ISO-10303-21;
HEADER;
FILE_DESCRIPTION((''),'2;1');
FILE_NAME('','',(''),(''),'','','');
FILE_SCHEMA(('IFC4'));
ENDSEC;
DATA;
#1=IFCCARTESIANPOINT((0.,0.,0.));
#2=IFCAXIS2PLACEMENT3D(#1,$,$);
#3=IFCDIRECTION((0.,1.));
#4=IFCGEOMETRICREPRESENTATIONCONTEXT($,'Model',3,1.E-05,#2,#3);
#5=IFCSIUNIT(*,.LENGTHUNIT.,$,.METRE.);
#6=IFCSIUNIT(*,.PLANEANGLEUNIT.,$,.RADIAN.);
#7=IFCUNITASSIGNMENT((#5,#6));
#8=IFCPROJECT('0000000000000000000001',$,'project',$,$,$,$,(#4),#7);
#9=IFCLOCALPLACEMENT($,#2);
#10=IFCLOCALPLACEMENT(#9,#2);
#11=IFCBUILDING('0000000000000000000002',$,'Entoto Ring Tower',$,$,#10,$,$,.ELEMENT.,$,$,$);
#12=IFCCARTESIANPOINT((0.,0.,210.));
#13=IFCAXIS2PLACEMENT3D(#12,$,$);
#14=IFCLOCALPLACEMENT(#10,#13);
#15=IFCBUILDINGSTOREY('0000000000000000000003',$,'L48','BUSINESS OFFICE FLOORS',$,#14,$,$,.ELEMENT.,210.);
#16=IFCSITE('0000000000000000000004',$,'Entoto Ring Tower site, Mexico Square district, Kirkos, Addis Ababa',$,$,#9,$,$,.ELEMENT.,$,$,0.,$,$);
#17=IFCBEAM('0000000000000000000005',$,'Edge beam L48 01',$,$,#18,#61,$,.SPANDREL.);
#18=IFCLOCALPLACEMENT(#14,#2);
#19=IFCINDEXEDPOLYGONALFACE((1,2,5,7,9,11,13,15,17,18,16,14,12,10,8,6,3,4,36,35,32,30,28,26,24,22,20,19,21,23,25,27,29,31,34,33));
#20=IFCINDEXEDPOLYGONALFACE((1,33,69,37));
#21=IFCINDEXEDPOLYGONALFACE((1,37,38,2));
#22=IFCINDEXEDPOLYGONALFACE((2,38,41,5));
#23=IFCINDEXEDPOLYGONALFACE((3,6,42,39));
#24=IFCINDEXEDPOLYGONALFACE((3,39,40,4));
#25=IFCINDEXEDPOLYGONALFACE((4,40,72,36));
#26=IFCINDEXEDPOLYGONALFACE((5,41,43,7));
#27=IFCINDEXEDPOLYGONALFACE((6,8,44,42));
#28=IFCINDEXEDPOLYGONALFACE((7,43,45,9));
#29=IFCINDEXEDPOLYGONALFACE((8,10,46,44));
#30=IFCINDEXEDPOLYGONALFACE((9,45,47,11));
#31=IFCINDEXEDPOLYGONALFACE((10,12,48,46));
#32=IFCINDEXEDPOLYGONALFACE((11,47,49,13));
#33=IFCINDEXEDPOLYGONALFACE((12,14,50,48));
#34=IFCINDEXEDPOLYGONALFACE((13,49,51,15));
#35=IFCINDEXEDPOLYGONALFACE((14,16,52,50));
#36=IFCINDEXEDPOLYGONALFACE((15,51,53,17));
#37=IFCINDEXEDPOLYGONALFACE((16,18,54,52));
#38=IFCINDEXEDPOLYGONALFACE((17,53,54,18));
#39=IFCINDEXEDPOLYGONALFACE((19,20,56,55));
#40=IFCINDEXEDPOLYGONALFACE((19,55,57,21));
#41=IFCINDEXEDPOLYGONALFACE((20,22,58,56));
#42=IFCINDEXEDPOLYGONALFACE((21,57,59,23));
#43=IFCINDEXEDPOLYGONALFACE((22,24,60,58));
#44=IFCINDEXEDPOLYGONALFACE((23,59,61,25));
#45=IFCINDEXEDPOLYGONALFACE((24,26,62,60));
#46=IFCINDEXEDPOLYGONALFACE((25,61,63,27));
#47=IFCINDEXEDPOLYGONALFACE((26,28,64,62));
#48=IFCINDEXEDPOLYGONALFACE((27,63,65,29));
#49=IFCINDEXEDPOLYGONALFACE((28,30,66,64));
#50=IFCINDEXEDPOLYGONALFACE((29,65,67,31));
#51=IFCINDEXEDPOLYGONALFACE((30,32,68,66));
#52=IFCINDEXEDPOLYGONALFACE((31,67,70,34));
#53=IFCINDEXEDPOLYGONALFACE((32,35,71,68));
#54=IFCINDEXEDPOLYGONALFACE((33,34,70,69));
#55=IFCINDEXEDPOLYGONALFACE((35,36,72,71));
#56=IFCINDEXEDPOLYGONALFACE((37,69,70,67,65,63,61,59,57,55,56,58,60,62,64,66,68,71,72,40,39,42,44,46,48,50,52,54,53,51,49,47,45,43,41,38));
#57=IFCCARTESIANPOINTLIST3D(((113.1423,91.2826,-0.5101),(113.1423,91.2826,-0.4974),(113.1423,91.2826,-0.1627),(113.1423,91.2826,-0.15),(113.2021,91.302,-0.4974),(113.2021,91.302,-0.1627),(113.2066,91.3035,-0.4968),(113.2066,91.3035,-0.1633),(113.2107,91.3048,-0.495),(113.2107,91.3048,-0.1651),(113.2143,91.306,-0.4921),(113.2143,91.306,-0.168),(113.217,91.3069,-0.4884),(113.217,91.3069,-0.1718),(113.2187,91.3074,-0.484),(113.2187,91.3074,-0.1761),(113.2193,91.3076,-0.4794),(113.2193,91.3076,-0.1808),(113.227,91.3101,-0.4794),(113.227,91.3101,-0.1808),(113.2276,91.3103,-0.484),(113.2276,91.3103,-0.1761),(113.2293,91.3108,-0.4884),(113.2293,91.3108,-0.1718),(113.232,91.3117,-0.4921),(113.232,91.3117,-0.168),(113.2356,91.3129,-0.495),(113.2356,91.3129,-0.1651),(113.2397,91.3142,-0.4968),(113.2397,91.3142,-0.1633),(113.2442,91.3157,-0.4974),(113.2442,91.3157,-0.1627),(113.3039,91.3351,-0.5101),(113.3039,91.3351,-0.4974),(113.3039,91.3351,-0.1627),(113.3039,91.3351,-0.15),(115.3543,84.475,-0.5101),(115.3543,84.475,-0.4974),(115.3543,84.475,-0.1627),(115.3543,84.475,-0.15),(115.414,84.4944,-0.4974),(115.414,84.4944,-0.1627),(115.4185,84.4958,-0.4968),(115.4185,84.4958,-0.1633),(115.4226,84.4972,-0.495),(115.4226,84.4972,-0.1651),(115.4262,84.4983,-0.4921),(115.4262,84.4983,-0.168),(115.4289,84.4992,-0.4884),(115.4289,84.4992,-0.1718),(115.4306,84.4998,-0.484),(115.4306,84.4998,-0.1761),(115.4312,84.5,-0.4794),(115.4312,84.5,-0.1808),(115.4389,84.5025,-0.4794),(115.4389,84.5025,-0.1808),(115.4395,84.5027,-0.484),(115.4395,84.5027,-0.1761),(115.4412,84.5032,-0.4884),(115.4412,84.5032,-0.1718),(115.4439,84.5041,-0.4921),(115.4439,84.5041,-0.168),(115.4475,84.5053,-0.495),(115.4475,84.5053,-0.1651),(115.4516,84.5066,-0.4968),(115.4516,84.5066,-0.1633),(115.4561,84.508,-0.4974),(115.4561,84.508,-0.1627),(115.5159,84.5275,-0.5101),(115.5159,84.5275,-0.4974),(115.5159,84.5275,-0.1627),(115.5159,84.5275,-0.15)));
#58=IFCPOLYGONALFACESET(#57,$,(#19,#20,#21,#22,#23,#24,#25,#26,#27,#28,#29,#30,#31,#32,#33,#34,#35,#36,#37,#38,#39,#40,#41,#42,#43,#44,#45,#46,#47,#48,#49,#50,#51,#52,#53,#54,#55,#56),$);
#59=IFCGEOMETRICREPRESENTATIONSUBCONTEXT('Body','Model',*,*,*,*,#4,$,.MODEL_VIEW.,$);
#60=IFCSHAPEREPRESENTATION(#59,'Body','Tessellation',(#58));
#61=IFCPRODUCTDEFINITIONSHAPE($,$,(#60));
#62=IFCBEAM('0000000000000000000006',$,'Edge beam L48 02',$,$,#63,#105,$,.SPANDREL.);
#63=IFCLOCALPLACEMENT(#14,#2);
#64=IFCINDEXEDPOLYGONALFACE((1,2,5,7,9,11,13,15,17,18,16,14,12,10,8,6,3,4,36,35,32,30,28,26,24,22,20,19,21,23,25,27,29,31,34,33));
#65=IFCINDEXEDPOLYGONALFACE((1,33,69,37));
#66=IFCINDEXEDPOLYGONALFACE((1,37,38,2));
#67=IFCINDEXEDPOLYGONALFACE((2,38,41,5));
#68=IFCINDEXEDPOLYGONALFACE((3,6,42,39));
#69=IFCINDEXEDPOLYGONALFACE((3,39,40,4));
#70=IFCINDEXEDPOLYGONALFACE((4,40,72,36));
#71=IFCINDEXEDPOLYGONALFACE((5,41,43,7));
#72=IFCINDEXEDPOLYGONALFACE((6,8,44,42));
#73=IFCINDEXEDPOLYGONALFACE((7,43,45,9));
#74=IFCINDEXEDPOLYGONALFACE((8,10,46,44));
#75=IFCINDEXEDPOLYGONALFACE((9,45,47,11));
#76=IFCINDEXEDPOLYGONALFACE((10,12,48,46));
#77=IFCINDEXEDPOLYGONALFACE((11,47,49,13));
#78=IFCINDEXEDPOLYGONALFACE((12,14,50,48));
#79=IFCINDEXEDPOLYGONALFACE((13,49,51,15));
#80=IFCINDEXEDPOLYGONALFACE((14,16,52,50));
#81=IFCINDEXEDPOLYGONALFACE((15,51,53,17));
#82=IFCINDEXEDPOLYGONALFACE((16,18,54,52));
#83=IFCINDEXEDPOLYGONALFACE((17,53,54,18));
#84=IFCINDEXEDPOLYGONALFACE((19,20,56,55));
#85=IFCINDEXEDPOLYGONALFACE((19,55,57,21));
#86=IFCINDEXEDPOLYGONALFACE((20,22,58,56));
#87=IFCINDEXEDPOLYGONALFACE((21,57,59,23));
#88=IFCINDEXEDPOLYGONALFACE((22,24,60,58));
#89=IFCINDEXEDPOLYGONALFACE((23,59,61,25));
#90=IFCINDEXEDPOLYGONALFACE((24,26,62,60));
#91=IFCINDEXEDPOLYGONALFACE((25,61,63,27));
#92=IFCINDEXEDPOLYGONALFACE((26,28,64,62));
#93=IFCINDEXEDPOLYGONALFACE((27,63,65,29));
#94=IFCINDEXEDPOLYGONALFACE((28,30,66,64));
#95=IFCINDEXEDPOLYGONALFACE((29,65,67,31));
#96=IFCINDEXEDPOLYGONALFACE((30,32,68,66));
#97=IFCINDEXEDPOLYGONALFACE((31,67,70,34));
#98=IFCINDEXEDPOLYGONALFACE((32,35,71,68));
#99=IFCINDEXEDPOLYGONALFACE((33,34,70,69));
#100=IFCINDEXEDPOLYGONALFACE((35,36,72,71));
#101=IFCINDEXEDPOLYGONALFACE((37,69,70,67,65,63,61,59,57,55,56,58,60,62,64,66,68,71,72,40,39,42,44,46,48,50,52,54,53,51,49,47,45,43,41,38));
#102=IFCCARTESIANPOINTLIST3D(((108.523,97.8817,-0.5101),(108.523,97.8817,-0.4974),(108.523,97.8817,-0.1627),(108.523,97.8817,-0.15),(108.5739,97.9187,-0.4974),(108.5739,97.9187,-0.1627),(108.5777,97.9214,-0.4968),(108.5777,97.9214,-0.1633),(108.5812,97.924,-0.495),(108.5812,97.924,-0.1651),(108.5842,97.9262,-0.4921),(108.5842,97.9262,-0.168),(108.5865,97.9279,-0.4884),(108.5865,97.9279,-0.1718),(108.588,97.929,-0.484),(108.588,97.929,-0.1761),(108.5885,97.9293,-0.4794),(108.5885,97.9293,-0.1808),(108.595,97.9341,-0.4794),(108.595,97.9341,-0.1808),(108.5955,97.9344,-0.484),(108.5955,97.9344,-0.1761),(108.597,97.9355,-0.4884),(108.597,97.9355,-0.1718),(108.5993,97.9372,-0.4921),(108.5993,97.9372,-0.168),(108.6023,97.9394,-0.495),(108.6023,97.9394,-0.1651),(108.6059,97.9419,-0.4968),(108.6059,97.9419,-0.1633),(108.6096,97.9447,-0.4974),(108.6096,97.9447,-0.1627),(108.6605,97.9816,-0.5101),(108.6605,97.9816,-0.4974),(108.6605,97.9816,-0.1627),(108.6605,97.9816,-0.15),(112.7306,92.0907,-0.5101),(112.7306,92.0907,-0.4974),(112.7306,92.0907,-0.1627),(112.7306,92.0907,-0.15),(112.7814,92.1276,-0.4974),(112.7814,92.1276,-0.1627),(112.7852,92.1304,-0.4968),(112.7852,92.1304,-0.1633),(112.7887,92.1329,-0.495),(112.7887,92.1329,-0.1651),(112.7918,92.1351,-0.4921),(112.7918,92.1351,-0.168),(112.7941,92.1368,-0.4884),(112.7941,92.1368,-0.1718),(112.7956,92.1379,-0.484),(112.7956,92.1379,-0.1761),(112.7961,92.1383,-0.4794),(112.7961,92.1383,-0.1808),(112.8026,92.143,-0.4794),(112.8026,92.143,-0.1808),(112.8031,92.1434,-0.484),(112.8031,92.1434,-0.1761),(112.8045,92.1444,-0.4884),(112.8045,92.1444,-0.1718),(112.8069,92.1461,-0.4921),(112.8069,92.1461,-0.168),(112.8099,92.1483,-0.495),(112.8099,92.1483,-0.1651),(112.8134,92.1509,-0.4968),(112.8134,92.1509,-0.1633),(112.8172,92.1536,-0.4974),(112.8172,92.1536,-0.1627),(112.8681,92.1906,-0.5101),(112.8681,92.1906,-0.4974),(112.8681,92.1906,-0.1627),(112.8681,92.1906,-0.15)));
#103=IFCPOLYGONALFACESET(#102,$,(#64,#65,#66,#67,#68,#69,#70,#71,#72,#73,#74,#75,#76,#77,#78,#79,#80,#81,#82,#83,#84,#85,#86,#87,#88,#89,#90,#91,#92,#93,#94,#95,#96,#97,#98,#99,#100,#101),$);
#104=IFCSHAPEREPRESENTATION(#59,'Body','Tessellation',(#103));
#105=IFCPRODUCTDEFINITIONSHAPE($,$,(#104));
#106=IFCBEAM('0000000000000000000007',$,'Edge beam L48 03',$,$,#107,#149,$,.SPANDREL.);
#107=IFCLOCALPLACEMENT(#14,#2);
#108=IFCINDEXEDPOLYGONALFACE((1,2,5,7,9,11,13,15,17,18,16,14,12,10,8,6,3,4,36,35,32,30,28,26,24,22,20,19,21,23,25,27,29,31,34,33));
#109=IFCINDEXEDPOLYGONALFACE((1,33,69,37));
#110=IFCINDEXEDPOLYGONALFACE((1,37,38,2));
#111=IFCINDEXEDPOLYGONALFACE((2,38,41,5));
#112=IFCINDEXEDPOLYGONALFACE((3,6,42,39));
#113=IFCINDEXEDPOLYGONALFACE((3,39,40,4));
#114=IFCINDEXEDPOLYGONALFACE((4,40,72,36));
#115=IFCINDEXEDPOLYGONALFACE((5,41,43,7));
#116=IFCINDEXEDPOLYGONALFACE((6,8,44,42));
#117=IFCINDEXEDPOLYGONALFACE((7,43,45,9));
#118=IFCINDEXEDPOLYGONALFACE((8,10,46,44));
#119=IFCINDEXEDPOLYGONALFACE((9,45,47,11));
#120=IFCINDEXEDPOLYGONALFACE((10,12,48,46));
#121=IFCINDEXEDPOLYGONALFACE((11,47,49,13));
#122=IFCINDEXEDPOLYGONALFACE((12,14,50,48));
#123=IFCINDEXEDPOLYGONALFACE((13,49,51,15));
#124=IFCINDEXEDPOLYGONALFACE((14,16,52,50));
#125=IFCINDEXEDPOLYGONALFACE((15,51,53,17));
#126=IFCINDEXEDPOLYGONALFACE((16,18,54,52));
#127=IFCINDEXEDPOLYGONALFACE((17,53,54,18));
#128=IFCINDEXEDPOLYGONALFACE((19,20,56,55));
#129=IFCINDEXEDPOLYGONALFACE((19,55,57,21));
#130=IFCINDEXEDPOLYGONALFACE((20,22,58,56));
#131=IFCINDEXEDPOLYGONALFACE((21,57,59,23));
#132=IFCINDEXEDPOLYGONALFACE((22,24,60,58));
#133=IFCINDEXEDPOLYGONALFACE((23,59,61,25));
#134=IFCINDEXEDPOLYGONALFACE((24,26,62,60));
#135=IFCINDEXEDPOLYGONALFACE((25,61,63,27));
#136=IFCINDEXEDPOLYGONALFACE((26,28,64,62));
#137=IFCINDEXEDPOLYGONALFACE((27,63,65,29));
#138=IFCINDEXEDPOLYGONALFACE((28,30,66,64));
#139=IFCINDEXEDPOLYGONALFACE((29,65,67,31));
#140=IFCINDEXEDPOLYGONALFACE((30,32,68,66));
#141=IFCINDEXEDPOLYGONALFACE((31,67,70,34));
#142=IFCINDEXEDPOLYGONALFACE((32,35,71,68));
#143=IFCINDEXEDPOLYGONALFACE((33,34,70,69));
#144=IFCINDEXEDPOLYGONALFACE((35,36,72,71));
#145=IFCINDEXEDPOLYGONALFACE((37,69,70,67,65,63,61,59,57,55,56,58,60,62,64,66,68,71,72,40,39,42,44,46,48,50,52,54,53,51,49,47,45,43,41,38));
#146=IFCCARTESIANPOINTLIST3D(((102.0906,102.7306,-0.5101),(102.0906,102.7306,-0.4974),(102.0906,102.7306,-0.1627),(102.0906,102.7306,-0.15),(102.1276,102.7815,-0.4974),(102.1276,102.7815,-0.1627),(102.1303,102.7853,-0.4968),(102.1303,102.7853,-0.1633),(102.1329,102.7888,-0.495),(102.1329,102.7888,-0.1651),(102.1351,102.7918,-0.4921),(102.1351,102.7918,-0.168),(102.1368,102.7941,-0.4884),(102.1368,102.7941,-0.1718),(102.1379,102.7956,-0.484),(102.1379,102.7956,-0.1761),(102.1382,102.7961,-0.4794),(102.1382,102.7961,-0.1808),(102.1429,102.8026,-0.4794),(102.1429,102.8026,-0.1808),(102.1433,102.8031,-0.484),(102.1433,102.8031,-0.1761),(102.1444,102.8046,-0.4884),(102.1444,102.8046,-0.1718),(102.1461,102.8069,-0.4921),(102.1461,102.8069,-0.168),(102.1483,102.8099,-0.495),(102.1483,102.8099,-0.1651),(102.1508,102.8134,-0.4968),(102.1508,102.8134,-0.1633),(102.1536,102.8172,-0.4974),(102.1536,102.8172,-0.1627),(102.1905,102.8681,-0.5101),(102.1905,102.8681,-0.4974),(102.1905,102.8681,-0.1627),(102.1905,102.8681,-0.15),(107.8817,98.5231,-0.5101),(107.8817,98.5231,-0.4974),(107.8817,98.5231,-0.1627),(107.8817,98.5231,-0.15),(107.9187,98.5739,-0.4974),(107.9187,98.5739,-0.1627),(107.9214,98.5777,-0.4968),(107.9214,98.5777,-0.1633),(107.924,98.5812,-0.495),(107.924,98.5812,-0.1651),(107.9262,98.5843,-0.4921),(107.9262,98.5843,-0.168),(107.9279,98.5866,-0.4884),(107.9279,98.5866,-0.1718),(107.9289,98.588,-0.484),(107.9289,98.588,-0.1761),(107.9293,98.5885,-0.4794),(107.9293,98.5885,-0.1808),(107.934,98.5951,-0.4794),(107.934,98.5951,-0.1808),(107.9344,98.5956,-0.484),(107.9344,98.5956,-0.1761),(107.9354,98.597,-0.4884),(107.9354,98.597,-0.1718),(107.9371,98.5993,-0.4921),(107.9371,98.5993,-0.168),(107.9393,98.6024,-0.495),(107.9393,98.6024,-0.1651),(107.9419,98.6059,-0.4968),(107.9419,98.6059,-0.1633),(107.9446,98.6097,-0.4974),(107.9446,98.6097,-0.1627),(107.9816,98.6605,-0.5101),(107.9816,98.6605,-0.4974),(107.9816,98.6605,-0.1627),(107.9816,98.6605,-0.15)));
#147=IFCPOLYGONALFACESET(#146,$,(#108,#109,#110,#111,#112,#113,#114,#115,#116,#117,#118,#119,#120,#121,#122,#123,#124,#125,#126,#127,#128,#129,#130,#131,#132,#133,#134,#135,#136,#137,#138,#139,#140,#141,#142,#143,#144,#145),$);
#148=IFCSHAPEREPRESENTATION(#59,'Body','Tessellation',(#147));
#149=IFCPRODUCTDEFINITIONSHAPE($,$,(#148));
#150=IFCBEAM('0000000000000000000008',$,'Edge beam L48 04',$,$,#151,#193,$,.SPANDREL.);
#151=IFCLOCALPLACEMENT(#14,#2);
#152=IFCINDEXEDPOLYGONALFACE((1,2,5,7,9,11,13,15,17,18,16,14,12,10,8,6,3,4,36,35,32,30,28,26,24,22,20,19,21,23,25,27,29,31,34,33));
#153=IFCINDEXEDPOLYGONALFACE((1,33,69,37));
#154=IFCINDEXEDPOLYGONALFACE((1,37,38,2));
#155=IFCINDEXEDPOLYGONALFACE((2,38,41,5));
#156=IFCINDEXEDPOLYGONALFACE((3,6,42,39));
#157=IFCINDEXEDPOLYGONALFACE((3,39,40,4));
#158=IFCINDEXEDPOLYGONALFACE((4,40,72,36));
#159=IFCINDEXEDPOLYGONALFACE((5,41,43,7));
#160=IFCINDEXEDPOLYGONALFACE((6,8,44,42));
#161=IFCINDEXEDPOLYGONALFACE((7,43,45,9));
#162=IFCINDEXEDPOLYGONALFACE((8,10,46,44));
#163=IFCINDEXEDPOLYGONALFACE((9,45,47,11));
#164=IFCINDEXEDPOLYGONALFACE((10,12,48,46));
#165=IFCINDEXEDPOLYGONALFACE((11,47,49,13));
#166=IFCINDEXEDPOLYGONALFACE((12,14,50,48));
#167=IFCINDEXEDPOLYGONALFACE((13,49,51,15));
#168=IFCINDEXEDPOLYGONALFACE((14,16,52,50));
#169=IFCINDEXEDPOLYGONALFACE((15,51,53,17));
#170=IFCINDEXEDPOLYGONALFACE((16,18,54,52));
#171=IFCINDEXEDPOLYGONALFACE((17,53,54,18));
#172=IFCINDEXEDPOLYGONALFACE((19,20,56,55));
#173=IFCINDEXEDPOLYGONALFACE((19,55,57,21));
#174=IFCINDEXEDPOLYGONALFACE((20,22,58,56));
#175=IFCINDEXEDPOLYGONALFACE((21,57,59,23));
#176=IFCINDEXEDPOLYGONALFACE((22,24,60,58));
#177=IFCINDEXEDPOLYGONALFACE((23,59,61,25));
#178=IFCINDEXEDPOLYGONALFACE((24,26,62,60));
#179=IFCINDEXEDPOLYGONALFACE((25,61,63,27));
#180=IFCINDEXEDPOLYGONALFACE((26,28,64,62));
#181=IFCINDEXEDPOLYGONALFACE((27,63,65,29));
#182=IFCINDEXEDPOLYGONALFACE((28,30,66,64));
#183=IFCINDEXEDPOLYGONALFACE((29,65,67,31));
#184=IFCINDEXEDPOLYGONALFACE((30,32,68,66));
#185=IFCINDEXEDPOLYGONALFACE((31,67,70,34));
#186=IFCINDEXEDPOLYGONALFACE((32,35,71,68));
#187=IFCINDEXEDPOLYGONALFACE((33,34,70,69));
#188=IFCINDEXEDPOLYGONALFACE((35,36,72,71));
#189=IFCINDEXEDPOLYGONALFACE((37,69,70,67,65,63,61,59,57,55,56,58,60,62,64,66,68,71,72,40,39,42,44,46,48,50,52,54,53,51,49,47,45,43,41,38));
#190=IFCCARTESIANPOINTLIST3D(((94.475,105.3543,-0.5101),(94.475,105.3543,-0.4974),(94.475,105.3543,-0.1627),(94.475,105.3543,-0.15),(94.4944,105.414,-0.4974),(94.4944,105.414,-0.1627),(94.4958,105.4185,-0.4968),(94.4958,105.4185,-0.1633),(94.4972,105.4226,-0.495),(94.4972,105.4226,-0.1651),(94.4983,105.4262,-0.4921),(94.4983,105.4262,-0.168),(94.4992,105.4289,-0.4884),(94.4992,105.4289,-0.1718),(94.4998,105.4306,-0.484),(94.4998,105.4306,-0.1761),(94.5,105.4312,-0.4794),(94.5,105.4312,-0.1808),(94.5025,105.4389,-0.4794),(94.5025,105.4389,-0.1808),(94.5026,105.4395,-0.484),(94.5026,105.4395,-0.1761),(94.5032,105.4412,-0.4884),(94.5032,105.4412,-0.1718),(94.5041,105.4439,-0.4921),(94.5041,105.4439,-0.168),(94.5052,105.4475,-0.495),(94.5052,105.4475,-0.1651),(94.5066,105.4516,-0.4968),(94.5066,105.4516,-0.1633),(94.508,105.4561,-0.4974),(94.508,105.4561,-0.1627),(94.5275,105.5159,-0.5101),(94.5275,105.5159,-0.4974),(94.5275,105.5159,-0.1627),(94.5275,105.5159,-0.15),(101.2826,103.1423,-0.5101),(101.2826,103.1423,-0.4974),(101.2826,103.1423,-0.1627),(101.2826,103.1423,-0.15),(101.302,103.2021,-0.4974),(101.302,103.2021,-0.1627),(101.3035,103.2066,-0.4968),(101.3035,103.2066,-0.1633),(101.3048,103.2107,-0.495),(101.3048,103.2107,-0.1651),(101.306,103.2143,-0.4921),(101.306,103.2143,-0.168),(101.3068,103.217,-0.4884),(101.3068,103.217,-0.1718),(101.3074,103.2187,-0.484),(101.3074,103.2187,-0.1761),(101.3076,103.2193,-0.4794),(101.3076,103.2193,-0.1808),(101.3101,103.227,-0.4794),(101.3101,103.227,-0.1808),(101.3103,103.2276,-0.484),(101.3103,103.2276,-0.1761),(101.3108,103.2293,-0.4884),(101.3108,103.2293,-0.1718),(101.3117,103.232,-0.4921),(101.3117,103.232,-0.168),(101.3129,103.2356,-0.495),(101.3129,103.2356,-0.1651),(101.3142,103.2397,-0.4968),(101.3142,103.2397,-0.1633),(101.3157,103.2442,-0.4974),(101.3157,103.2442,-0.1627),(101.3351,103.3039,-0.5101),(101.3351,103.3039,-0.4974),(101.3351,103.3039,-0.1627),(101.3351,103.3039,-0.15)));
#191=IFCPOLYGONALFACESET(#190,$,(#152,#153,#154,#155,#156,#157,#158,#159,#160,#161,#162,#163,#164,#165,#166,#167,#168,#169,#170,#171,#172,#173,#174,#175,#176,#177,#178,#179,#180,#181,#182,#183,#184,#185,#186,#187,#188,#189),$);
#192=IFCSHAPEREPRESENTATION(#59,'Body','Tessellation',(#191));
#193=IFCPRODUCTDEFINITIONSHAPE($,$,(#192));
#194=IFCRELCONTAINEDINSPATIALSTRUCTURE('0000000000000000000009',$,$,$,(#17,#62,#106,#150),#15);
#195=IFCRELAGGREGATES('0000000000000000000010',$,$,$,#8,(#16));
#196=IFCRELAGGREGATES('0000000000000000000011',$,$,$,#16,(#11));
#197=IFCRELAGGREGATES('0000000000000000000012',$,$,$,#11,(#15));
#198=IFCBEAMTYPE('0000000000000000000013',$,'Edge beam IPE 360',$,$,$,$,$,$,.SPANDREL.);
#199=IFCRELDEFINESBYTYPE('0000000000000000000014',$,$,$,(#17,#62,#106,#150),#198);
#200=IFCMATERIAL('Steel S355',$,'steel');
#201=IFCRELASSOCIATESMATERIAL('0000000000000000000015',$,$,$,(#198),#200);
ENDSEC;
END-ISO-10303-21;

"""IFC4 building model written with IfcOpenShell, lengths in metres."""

from ifc_helpers import new_model, si_unit, direction, frame, origin, origin_2d, place, context, subcontext, project, spatial, i_section, extrude, material, material_profile, profile_set, type_object, element, save


model = new_model("IFC4")

# Units and contexts
model_context = context("Model", 3, precision=1e-05, world=origin(), true_north=direction((0.0, 1.0)))
body_context = subcontext(model_context, "Body", "Model", "MODEL_VIEW")
ifc_project = project(units=[si_unit("LENGTHUNIT", "METRE"), si_unit("PLANEANGLEUNIT", "RADIAN")], contexts=[model_context])

# Site, building, storey
site_placement = place(None, origin())
site = spatial("IfcSite", under=ifc_project, at=site_placement, Name="Entoto Ring Tower site, Mexico Square district, Kirkos, Addis Ababa", CompositionType="ELEMENT", RefElevation=0.0)
building_placement = place(site_placement, origin())
building = spatial("IfcBuilding", under=site, at=building_placement, Name="Entoto Ring Tower", CompositionType="ELEMENT")
storey_placement = place(building_placement, frame((0.0, 0.0, 210.0)))
storey = spatial("IfcBuildingStorey", under=building, at=storey_placement, Name="L48", Description="BUSINESS OFFICE FLOORS", CompositionType="ELEMENT", Elevation=210.0)

# Beams
ifc_material_1 = material(Name="Steel S355", Category="steel")
ifc_material_profile_1 = material_profile(ifc_material_1, i_section(OverallWidth=0.1699, OverallDepth=0.3601, WebThickness=0.0081, FlangeThickness=0.0127, FilletRadius=0.0181, at=origin_2d()), Name="IPE 360")
ifc_profile_set_1 = profile_set([ifc_material_profile_1], Name="Steel S355")
beam_type_1 = type_object("IfcBeamType", Name="Edge beam IPE 360", PredefinedType="SPANDREL", material=ifc_profile_set_1)
beam_1_placement = place(storey_placement, frame((115.4351, 84.5012, -0.3301), z_axis=(-0.309015, 0.951057, 0.0), x_axis=(-0.951057, -0.309015, 0.0)))
element("IfcBeam", 1, at=beam_1_placement, inside=storey, type_object=beam_type_1, Name="Edge beam L48 01", PredefinedType="SPANDREL", context=body_context, shape_type="SweptSolid", body=[
    extrude(i_section(OverallWidth=0.1699, OverallDepth=0.3601, WebThickness=0.0081, FlangeThickness=0.0127, FilletRadius=0.0181, at=origin_2d()), origin(), (0.0, 0.0, 1.0), 7.158),
])
for number, where, z_axis, x_axis, name in (
    (2, (112.7993, 92.1406, -0.3301), (-0.587794, 0.80901, 0.0), (-0.80901, -0.587794, 0.0), "Edge beam L48 02"),
    (3, (107.9316, 98.5918, -0.3301), (-0.80901, 0.587794, 0.0), (-0.587794, -0.80901, 0.0), "Edge beam L48 03"),
):
    element("IfcBeam", number, at=place(storey_placement, frame(where, z_axis=z_axis, x_axis=x_axis)), inside=storey, type_object=beam_type_1, Name=name, PredefinedType="SPANDREL", context=body_context, shape_type="SweptSolid", body=[
        extrude(i_section(OverallWidth=0.1699, OverallDepth=0.3601, WebThickness=0.0081, FlangeThickness=0.0127, FilletRadius=0.0181, at=origin_2d()), origin(), (0.0, 0.0, 1.0), 7.1582),
    ])
beam_2_placement = place(storey_placement, frame((101.3088, 103.2231, -0.3301), z_axis=(-0.951057, 0.309015, 0.0), x_axis=(-0.309015, -0.951057, 0.0)))
element("IfcBeam", 4, at=beam_2_placement, inside=storey, type_object=beam_type_1, Name="Edge beam L48 04", PredefinedType="SPANDREL", context=body_context, shape_type="SweptSolid", body=[
    extrude(i_section(OverallWidth=0.1699, OverallDepth=0.3601, WebThickness=0.0081, FlangeThickness=0.0127, FilletRadius=0.0181, at=origin_2d()), origin(), (0.0, 0.0, 1.0), 7.158),
])

save(model, "model.ifc")
